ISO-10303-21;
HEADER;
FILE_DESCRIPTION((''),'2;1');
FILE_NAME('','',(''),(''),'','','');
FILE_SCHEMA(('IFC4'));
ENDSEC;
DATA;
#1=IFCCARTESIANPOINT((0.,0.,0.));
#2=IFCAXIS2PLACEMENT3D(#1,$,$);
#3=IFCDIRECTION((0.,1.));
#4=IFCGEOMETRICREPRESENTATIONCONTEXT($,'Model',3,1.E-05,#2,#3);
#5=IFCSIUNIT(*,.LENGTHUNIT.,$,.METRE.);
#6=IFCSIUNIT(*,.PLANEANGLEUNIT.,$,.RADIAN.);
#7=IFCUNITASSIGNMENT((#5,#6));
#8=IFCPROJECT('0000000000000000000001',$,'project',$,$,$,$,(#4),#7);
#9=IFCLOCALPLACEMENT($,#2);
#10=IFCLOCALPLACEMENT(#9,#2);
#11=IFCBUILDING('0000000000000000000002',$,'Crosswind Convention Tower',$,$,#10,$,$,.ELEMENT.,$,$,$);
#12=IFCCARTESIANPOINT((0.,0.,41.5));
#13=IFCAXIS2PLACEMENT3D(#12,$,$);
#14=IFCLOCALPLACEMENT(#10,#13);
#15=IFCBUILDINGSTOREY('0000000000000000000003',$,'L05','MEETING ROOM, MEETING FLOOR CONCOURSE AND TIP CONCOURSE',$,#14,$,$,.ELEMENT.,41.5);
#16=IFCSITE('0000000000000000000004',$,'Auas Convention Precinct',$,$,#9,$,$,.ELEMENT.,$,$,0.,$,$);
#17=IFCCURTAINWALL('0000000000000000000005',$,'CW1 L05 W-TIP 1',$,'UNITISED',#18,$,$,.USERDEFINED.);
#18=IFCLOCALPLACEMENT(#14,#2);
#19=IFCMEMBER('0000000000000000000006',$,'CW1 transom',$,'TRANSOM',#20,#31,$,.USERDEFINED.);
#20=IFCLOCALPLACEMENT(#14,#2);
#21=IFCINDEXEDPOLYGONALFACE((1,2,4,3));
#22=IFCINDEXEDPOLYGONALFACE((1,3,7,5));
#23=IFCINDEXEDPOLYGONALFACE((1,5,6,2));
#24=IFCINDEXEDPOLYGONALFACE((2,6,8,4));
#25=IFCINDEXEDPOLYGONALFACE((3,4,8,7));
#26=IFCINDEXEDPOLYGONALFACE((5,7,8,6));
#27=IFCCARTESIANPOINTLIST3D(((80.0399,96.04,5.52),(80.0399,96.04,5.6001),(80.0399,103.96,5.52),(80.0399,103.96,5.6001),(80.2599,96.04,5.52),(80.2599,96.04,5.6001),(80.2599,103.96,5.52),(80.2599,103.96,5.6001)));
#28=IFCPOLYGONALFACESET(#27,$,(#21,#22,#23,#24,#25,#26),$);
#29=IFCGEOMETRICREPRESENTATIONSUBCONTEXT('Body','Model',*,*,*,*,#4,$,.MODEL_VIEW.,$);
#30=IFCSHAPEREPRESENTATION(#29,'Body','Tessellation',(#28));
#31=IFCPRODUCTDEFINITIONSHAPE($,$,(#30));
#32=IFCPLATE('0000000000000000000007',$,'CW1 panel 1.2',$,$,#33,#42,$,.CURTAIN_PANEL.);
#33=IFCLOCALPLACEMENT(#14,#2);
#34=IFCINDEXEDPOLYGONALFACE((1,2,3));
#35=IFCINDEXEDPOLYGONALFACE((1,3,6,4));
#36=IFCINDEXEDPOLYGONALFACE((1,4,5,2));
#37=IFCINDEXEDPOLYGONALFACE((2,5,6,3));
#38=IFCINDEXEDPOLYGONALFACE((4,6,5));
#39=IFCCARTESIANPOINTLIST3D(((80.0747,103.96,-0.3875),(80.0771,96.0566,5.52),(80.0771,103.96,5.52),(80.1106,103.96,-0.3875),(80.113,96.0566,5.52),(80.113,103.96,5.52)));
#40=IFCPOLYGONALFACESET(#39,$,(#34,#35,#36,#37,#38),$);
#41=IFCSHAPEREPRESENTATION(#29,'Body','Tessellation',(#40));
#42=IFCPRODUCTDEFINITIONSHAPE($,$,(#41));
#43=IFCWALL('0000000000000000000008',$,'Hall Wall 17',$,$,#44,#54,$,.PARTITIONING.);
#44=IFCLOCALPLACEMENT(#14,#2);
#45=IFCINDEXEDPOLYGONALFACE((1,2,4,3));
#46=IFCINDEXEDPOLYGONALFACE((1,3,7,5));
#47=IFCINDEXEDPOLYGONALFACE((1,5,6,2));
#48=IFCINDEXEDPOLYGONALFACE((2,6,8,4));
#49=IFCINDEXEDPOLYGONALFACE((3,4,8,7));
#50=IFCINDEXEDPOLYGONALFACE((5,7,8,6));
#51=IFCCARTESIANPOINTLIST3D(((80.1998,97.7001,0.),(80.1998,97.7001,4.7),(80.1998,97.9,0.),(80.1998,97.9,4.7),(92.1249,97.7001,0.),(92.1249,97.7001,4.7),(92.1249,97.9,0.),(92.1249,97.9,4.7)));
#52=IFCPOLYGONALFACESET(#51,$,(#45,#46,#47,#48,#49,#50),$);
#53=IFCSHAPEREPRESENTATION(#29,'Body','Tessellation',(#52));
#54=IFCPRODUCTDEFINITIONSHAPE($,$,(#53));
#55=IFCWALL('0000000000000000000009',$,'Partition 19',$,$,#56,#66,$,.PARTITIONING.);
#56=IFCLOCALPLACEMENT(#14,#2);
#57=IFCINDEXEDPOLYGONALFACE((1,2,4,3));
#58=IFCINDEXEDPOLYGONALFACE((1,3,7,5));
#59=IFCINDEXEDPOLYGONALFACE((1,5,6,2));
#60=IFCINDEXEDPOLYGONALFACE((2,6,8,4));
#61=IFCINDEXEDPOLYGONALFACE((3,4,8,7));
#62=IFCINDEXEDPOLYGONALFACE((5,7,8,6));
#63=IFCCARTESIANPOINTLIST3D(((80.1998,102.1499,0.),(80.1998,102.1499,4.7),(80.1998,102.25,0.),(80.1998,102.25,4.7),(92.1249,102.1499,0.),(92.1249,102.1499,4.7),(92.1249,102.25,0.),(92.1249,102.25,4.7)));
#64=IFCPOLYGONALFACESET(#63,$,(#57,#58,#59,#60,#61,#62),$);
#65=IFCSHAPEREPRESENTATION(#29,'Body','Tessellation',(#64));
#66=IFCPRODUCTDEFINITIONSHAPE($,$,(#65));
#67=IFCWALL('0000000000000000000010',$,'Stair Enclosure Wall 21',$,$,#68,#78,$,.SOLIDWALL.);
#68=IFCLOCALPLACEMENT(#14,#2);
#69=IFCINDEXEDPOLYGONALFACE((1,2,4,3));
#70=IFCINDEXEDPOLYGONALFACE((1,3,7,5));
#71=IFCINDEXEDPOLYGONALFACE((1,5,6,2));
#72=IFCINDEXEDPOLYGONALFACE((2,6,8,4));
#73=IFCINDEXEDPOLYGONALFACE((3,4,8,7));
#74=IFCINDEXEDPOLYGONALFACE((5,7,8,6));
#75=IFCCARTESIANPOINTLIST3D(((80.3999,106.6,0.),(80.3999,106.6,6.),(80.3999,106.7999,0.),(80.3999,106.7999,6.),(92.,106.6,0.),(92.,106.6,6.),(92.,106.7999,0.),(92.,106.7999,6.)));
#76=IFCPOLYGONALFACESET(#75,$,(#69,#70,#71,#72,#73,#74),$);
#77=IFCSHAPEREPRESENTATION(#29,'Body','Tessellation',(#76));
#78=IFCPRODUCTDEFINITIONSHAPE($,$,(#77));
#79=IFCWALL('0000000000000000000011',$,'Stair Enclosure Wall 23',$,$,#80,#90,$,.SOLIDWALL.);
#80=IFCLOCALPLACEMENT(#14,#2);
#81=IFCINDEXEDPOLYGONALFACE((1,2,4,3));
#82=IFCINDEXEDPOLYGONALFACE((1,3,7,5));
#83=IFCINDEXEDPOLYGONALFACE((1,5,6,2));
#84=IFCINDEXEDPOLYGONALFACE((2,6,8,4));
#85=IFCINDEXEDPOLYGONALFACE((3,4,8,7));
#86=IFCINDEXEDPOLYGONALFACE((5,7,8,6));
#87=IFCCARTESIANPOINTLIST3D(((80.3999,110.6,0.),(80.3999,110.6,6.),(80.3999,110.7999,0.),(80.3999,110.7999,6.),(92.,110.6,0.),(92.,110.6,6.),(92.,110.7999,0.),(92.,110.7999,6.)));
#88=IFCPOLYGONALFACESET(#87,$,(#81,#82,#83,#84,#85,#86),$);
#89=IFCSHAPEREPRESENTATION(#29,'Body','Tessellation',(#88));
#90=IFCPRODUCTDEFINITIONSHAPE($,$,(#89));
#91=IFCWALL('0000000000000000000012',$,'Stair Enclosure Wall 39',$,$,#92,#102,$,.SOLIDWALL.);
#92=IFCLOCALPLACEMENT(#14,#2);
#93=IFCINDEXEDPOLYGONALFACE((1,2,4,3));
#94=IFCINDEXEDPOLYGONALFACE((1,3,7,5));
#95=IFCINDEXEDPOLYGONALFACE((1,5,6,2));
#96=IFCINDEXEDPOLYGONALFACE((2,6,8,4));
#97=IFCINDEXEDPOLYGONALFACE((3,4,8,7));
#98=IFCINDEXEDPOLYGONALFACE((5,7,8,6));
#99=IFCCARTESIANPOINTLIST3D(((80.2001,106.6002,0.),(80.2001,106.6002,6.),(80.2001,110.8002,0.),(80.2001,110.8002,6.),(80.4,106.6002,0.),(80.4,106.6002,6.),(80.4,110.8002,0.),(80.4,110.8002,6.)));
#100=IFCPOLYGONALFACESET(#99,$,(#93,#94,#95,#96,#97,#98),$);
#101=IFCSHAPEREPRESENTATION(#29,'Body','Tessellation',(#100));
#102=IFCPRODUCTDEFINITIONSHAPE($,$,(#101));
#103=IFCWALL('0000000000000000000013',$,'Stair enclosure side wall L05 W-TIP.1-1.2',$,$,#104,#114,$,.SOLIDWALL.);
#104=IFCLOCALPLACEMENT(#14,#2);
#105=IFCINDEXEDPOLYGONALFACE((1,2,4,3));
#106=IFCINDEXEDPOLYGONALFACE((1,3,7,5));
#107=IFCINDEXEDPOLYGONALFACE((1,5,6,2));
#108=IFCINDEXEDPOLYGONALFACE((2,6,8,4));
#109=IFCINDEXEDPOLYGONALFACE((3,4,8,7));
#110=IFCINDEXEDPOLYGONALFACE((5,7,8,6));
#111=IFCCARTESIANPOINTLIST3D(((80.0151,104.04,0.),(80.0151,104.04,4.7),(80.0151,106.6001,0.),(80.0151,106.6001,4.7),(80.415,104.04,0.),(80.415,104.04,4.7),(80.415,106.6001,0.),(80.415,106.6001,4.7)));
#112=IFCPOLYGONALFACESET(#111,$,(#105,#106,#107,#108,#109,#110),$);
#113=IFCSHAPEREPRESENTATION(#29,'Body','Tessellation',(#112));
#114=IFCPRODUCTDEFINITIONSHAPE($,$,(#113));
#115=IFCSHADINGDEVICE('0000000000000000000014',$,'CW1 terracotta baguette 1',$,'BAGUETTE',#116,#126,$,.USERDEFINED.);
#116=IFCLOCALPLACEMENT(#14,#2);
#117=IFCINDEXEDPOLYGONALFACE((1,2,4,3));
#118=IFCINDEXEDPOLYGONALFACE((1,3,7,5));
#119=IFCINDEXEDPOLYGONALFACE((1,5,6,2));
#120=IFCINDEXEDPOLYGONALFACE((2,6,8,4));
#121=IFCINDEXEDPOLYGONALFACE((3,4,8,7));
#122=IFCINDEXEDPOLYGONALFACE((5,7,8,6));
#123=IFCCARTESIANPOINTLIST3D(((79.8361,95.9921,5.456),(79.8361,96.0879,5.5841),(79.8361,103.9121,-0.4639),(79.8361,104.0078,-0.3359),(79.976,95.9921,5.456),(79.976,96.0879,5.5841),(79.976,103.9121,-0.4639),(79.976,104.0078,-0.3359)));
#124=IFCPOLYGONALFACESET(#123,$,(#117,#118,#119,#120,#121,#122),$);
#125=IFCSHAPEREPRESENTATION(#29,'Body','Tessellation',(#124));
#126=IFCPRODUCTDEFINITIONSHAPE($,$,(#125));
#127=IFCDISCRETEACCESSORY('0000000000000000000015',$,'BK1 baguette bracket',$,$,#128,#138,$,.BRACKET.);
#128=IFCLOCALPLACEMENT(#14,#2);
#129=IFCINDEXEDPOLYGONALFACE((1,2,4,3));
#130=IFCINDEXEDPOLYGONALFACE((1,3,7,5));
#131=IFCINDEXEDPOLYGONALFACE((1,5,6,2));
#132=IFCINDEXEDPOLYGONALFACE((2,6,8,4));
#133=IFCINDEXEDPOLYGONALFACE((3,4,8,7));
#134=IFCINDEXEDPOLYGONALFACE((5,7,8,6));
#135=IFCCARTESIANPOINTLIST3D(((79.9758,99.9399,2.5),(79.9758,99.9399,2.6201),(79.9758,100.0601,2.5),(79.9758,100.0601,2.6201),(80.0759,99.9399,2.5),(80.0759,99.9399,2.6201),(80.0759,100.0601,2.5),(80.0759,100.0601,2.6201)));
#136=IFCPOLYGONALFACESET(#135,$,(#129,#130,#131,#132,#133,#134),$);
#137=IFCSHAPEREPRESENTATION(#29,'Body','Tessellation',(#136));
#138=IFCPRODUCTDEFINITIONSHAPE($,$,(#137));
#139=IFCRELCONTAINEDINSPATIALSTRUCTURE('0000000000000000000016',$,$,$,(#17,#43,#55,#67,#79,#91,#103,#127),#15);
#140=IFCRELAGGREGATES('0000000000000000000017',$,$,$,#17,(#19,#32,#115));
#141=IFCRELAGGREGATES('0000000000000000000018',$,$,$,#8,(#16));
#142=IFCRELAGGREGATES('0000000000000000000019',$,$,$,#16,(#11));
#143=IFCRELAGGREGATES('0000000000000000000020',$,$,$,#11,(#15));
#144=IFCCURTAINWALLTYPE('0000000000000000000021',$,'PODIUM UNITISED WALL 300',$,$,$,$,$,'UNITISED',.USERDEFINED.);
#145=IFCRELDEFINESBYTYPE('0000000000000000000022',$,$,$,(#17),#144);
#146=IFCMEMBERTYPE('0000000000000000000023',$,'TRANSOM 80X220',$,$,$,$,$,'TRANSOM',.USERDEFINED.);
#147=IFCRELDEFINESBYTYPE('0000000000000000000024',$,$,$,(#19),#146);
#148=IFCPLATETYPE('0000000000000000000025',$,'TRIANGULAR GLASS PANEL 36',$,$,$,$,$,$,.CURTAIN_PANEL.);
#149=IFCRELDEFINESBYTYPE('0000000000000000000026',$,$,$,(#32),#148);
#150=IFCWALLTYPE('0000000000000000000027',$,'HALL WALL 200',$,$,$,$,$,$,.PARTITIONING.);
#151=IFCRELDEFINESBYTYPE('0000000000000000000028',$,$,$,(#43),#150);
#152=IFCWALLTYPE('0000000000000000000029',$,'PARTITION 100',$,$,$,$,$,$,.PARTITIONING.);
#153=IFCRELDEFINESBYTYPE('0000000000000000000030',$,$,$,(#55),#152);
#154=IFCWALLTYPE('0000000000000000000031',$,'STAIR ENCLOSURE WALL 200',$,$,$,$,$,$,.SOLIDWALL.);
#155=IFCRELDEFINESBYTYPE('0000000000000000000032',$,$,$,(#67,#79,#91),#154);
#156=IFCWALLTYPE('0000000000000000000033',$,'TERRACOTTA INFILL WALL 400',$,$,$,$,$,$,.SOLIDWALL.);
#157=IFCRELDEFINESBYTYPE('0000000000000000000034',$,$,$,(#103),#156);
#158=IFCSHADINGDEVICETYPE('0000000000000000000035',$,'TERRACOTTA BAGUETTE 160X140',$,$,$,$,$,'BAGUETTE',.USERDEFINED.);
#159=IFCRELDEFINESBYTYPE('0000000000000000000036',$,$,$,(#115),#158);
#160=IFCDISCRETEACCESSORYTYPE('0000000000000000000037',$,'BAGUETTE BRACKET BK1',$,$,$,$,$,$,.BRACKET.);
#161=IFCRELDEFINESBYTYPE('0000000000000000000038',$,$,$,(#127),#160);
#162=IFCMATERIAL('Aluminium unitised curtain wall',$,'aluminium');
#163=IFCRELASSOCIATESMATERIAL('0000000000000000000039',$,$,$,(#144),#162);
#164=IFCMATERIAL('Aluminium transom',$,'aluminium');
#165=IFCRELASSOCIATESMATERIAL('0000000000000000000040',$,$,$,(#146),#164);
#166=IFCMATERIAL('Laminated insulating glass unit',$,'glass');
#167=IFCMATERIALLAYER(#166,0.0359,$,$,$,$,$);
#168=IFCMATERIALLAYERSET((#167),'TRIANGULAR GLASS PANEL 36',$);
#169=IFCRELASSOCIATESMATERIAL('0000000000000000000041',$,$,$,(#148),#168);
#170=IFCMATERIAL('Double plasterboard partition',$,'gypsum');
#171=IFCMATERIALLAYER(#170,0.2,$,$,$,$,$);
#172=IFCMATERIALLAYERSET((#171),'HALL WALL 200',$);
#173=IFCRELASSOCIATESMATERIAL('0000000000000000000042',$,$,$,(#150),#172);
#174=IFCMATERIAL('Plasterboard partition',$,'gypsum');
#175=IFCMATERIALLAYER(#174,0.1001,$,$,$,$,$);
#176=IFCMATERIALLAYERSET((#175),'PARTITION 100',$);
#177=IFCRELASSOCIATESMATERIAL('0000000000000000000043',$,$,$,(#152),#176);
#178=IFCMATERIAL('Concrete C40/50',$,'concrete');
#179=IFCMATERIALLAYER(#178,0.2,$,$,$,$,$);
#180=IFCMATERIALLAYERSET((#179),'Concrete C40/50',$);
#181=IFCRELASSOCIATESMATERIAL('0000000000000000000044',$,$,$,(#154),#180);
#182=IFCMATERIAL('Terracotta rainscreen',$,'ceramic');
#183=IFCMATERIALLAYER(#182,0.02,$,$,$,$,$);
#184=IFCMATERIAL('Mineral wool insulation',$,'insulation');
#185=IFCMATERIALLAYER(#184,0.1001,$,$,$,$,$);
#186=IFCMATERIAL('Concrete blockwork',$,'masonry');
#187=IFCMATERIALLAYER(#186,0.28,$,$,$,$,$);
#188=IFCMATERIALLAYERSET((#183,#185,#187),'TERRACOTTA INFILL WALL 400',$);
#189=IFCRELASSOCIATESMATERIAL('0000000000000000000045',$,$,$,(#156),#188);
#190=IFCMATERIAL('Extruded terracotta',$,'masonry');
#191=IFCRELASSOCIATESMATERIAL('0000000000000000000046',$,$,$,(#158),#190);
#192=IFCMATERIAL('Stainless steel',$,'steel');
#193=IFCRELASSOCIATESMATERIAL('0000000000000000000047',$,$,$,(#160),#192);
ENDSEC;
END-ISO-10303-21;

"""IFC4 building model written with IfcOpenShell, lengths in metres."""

from ifc_helpers import new_model, si_unit, direction, frame, frame_2d, origin, origin_2d, place, context, subcontext, project, spatial, polyline, rectangle, outline, extrude, material, layer, layer_set, material_profile, profile_set, type_object, element, aggregate, save


model = new_model("IFC4")

# Units and contexts
model_context = context("Model", 3, precision=1e-05, world=origin(), true_north=direction((0.0, 1.0)))
body_context = subcontext(model_context, "Body", "Model", "MODEL_VIEW")
ifc_project = project(units=[si_unit("LENGTHUNIT", "METRE"), si_unit("PLANEANGLEUNIT", "RADIAN")], contexts=[model_context])

# Site, building, storey
site_placement = place(None, origin())
site = spatial("IfcSite", under=ifc_project, at=site_placement, Name="Auas Convention Precinct", CompositionType="ELEMENT", RefElevation=0.0)
building_placement = place(site_placement, origin())
building = spatial("IfcBuilding", under=site, at=building_placement, Name="Crosswind Convention Tower", CompositionType="ELEMENT")
storey_placement = place(building_placement, frame((0.0, 0.0, 41.5)))
storey = spatial("IfcBuildingStorey", under=building, at=storey_placement, Name="L05", Description="MEETING ROOM, MEETING FLOOR CONCOURSE AND TIP CONCOURSE", CompositionType="ELEMENT", Elevation=41.5)

# Curtain wall
ifc_material_1 = material(Name="Aluminium unitised curtain wall", Category="aluminium")
curtain_wall_type = type_object("IfcCurtainWallType", Name="PODIUM UNITISED WALL 300", ElementType="UNITISED", PredefinedType="USERDEFINED", material=ifc_material_1)
curtain_wall_placement = place(storey_placement, origin())
curtain_wall = element("IfcCurtainWall", 1, at=curtain_wall_placement, inside=storey, type_object=curtain_wall_type, Name="CW1 L05 W-TIP 1", ObjectType="UNITISED", PredefinedType="USERDEFINED")

# Member
ifc_material_2 = material(Name="Aluminium transom", Category="aluminium")
ifc_material_profile_1 = material_profile(ifc_material_2, rectangle(XDim=0.22, YDim=0.0801, at=origin_2d()), Name="AL 220X80")
ifc_profile_set_1 = profile_set([ifc_material_profile_1], Name="Aluminium transom")
member_type_1 = type_object("IfcMemberType", Name="TRANSOM 80X220", ElementType="TRANSOM", PredefinedType="USERDEFINED", material=ifc_profile_set_1)
member_1_placement = place(storey_placement, frame((80.1499, 103.96, 5.5601), z_axis=(0.0, -1.0, 0.0), x_axis=(1.0, 0.0, 0.0)))
member_1 = element("IfcMember", 2, at=member_1_placement, type_object=member_type_1, Name="CW1 transom", ObjectType="TRANSOM", PredefinedType="USERDEFINED", context=body_context, shape_type="SweptSolid", body=[
    extrude(rectangle(XDim=0.22, YDim=0.0801, at=origin_2d()), origin(), (0.0, 0.0, 1.0), 7.9199),
])

# Plate
ifc_material_3 = material(Name="Laminated insulating glass unit", Category="glass")
ifc_layer_1 = layer(ifc_material_3, 0.0359)
ifc_layer_set_1 = layer_set([ifc_layer_1], Name="TRIANGULAR GLASS PANEL 36")
plate_type = type_object("IfcPlateType", Name="TRIANGULAR GLASS PANEL 36", PredefinedType="CURTAIN_PANEL", material=ifc_layer_set_1)
plate_placement = place(storey_placement, frame((80.0771, 103.96, 5.52), z_axis=(-1.0, 0.0, 0.000413), x_axis=(-0.000413, 0.0, -1.0)))
plate = element("IfcPlate", 3, at=plate_placement, type_object=plate_type, Name="CW1 panel 1.2", PredefinedType="CURTAIN_PANEL", context=body_context, shape_type="SweptSolid", body=[
    extrude(outline(polyline([(0.0, 0.0), (5.9075, 0.0), (0.0, 7.9033), (0.0, 0.0)])), origin(), (0.0, 0.0, -1.0), 0.0359),
])

# Walls
ifc_material_4 = material(Name="Double plasterboard partition", Category="gypsum")
ifc_layer_2 = layer(ifc_material_4, 0.2)
ifc_layer_set_2 = layer_set([ifc_layer_2], Name="HALL WALL 200")
wall_type_1 = type_object("IfcWallType", Name="HALL WALL 200", PredefinedType="PARTITIONING", material=ifc_layer_set_2)
wall_1_placement = place(storey_placement, frame((80.2, 97.8, 0.0), z_axis=(0.0, 0.0, 1.0), x_axis=(1.0, 0.0, 0.0)))
element("IfcWall", 4, at=wall_1_placement, inside=storey, type_object=wall_type_1, Name="Hall Wall 17", PredefinedType="PARTITIONING", context=body_context, shape_type="SweptSolid", body=[
    extrude(rectangle(XDim=11.925, YDim=0.2, at=frame_2d((5.9624, 0.0))), origin(), (0.0, 0.0, 1.0), 4.7),
])
ifc_material_5 = material(Name="Plasterboard partition", Category="gypsum")
ifc_layer_3 = layer(ifc_material_5, 0.1001)
ifc_layer_set_3 = layer_set([ifc_layer_3], Name="PARTITION 100")
wall_type_2 = type_object("IfcWallType", Name="PARTITION 100", PredefinedType="PARTITIONING", material=ifc_layer_set_3)
wall_2_placement = place(storey_placement, frame((80.2, 102.2, 0.0), z_axis=(0.0, 0.0, 1.0), x_axis=(1.0, 0.0, 0.0)))
element("IfcWall", 5, at=wall_2_placement, inside=storey, type_object=wall_type_2, Name="Partition 19", PredefinedType="PARTITIONING", context=body_context, shape_type="SweptSolid", body=[
    extrude(rectangle(XDim=11.925, YDim=0.1001, at=frame_2d((5.9624, 0.0))), origin(), (0.0, 0.0, 1.0), 4.7),
])
ifc_material_6 = material(Name="Concrete C40/50", Category="concrete")
ifc_layer_4 = layer(ifc_material_6, 0.2)
ifc_layer_set_4 = layer_set([ifc_layer_4], Name="Concrete C40/50")
wall_type_3 = type_object("IfcWallType", Name="STAIR ENCLOSURE WALL 200", PredefinedType="SOLIDWALL", material=ifc_layer_set_4)
for number, where, z_axis, x_axis, name in (
    (6, (80.3999, 106.7, 0.0), (0.0, 0.0, 1.0), (1.0, 0.0, 0.0), "Stair Enclosure Wall 21"),
    (7, (80.3999, 110.7, 0.0), (0.0, 0.0, 1.0), (1.0, 0.0, 0.0), "Stair Enclosure Wall 23"),
):
    element("IfcWall", number, at=place(storey_placement, frame(where, z_axis=z_axis, x_axis=x_axis)), inside=storey, type_object=wall_type_3, Name=name, PredefinedType="SOLIDWALL", context=body_context, shape_type="SweptSolid", body=[
        extrude(rectangle(XDim=11.6001, YDim=0.2, at=frame_2d((5.8, 0.0))), origin(), (0.0, 0.0, 1.0), 6.0),
    ])
wall_3_placement = place(storey_placement, frame((80.3, 106.6001, 0.0), z_axis=(0.0, 0.0, 1.0), x_axis=(0.0, 1.0, 0.0)))
element("IfcWall", 8, at=wall_3_placement, inside=storey, type_object=wall_type_3, Name="Stair Enclosure Wall 39", PredefinedType="SOLIDWALL", context=body_context, shape_type="SweptSolid", body=[
    extrude(rectangle(XDim=4.2, YDim=0.2, at=frame_2d((2.1001, 0.0))), origin(), (0.0, 0.0, 1.0), 6.0),
])
ifc_material_7 = material(Name="Terracotta rainscreen", Category="ceramic")
ifc_layer_5 = layer(ifc_material_7, 0.02)
ifc_material_8 = material(Name="Mineral wool insulation", Category="insulation")
ifc_layer_6 = layer(ifc_material_8, 0.1001)
ifc_material_9 = material(Name="Concrete blockwork", Category="masonry")
ifc_layer_7 = layer(ifc_material_9, 0.28)
ifc_layer_set_5 = layer_set([ifc_layer_5, ifc_layer_6, ifc_layer_7], Name="TERRACOTTA INFILL WALL 400")
wall_type_4 = type_object("IfcWallType", Name="TERRACOTTA INFILL WALL 400", PredefinedType="SOLIDWALL", material=ifc_layer_set_5)
wall_4_placement = place(storey_placement, frame((80.2151, 106.6001, 0.0), z_axis=(0.0, 0.0, 1.0), x_axis=(0.0, -1.0, 0.0)))
element("IfcWall", 9, at=wall_4_placement, inside=storey, type_object=wall_type_4, Name="Stair enclosure side wall L05 W-TIP.1-1.2", PredefinedType="SOLIDWALL", context=body_context, shape_type="SweptSolid", body=[
    extrude(rectangle(XDim=2.5601, YDim=0.3999, at=frame_2d((1.28, 0.0))), origin(), (0.0, 0.0, 1.0), 4.7),
])

# Shading device
ifc_material_10 = material(Name="Extruded terracotta", Category="masonry")
ifc_material_profile_2 = material_profile(ifc_material_10, rectangle(XDim=0.1399, YDim=0.1599, at=origin_2d()), Name="TC 140X160")
ifc_profile_set_2 = profile_set([ifc_material_profile_2], Name="Extruded terracotta")
shading_device_type = type_object("IfcShadingDeviceType", Name="TERRACOTTA BAGUETTE 160X140", ElementType="BAGUETTE", PredefinedType="USERDEFINED", material=ifc_profile_set_2)
shading_device_placement = place(storey_placement, frame((79.906, 103.96, -0.3999), z_axis=(0.0, -0.800971, 0.598703), x_axis=(1.0, 0.0, 0.0)))
shading_device = element("IfcShadingDevice", 10, at=shading_device_placement, type_object=shading_device_type, Name="CW1 terracotta baguette 1", ObjectType="BAGUETTE", PredefinedType="USERDEFINED", context=body_context, shape_type="SweptSolid", body=[
    extrude(rectangle(XDim=0.1399, YDim=0.1599, at=origin_2d()), origin(), (0.0, 0.0, 1.0), 9.8879),
])
aggregate(curtain_wall, [member_1, plate, shading_device])

# Discrete accessory
ifc_material_11 = material(Name="Stainless steel", Category="steel")
discrete_accessory_type = type_object("IfcDiscreteAccessoryType", Name="BAGUETTE BRACKET BK1", PredefinedType="BRACKET", material=ifc_material_11)
discrete_accessory_placement = place(storey_placement, frame((80.0259, 100.0, 2.5), z_axis=(0.0, 0.0, 1.0), x_axis=(0.0, -1.0, 0.0)))
element("IfcDiscreteAccessory", 11, at=discrete_accessory_placement, inside=storey, type_object=discrete_accessory_type, Name="BK1 baguette bracket", PredefinedType="BRACKET", context=body_context, shape_type="SweptSolid", body=[
    extrude(rectangle(XDim=0.1201, YDim=0.1001, at=origin_2d()), origin(), (0.0, 0.0, 1.0), 0.1201),
])

save(model, "model.ifc")
